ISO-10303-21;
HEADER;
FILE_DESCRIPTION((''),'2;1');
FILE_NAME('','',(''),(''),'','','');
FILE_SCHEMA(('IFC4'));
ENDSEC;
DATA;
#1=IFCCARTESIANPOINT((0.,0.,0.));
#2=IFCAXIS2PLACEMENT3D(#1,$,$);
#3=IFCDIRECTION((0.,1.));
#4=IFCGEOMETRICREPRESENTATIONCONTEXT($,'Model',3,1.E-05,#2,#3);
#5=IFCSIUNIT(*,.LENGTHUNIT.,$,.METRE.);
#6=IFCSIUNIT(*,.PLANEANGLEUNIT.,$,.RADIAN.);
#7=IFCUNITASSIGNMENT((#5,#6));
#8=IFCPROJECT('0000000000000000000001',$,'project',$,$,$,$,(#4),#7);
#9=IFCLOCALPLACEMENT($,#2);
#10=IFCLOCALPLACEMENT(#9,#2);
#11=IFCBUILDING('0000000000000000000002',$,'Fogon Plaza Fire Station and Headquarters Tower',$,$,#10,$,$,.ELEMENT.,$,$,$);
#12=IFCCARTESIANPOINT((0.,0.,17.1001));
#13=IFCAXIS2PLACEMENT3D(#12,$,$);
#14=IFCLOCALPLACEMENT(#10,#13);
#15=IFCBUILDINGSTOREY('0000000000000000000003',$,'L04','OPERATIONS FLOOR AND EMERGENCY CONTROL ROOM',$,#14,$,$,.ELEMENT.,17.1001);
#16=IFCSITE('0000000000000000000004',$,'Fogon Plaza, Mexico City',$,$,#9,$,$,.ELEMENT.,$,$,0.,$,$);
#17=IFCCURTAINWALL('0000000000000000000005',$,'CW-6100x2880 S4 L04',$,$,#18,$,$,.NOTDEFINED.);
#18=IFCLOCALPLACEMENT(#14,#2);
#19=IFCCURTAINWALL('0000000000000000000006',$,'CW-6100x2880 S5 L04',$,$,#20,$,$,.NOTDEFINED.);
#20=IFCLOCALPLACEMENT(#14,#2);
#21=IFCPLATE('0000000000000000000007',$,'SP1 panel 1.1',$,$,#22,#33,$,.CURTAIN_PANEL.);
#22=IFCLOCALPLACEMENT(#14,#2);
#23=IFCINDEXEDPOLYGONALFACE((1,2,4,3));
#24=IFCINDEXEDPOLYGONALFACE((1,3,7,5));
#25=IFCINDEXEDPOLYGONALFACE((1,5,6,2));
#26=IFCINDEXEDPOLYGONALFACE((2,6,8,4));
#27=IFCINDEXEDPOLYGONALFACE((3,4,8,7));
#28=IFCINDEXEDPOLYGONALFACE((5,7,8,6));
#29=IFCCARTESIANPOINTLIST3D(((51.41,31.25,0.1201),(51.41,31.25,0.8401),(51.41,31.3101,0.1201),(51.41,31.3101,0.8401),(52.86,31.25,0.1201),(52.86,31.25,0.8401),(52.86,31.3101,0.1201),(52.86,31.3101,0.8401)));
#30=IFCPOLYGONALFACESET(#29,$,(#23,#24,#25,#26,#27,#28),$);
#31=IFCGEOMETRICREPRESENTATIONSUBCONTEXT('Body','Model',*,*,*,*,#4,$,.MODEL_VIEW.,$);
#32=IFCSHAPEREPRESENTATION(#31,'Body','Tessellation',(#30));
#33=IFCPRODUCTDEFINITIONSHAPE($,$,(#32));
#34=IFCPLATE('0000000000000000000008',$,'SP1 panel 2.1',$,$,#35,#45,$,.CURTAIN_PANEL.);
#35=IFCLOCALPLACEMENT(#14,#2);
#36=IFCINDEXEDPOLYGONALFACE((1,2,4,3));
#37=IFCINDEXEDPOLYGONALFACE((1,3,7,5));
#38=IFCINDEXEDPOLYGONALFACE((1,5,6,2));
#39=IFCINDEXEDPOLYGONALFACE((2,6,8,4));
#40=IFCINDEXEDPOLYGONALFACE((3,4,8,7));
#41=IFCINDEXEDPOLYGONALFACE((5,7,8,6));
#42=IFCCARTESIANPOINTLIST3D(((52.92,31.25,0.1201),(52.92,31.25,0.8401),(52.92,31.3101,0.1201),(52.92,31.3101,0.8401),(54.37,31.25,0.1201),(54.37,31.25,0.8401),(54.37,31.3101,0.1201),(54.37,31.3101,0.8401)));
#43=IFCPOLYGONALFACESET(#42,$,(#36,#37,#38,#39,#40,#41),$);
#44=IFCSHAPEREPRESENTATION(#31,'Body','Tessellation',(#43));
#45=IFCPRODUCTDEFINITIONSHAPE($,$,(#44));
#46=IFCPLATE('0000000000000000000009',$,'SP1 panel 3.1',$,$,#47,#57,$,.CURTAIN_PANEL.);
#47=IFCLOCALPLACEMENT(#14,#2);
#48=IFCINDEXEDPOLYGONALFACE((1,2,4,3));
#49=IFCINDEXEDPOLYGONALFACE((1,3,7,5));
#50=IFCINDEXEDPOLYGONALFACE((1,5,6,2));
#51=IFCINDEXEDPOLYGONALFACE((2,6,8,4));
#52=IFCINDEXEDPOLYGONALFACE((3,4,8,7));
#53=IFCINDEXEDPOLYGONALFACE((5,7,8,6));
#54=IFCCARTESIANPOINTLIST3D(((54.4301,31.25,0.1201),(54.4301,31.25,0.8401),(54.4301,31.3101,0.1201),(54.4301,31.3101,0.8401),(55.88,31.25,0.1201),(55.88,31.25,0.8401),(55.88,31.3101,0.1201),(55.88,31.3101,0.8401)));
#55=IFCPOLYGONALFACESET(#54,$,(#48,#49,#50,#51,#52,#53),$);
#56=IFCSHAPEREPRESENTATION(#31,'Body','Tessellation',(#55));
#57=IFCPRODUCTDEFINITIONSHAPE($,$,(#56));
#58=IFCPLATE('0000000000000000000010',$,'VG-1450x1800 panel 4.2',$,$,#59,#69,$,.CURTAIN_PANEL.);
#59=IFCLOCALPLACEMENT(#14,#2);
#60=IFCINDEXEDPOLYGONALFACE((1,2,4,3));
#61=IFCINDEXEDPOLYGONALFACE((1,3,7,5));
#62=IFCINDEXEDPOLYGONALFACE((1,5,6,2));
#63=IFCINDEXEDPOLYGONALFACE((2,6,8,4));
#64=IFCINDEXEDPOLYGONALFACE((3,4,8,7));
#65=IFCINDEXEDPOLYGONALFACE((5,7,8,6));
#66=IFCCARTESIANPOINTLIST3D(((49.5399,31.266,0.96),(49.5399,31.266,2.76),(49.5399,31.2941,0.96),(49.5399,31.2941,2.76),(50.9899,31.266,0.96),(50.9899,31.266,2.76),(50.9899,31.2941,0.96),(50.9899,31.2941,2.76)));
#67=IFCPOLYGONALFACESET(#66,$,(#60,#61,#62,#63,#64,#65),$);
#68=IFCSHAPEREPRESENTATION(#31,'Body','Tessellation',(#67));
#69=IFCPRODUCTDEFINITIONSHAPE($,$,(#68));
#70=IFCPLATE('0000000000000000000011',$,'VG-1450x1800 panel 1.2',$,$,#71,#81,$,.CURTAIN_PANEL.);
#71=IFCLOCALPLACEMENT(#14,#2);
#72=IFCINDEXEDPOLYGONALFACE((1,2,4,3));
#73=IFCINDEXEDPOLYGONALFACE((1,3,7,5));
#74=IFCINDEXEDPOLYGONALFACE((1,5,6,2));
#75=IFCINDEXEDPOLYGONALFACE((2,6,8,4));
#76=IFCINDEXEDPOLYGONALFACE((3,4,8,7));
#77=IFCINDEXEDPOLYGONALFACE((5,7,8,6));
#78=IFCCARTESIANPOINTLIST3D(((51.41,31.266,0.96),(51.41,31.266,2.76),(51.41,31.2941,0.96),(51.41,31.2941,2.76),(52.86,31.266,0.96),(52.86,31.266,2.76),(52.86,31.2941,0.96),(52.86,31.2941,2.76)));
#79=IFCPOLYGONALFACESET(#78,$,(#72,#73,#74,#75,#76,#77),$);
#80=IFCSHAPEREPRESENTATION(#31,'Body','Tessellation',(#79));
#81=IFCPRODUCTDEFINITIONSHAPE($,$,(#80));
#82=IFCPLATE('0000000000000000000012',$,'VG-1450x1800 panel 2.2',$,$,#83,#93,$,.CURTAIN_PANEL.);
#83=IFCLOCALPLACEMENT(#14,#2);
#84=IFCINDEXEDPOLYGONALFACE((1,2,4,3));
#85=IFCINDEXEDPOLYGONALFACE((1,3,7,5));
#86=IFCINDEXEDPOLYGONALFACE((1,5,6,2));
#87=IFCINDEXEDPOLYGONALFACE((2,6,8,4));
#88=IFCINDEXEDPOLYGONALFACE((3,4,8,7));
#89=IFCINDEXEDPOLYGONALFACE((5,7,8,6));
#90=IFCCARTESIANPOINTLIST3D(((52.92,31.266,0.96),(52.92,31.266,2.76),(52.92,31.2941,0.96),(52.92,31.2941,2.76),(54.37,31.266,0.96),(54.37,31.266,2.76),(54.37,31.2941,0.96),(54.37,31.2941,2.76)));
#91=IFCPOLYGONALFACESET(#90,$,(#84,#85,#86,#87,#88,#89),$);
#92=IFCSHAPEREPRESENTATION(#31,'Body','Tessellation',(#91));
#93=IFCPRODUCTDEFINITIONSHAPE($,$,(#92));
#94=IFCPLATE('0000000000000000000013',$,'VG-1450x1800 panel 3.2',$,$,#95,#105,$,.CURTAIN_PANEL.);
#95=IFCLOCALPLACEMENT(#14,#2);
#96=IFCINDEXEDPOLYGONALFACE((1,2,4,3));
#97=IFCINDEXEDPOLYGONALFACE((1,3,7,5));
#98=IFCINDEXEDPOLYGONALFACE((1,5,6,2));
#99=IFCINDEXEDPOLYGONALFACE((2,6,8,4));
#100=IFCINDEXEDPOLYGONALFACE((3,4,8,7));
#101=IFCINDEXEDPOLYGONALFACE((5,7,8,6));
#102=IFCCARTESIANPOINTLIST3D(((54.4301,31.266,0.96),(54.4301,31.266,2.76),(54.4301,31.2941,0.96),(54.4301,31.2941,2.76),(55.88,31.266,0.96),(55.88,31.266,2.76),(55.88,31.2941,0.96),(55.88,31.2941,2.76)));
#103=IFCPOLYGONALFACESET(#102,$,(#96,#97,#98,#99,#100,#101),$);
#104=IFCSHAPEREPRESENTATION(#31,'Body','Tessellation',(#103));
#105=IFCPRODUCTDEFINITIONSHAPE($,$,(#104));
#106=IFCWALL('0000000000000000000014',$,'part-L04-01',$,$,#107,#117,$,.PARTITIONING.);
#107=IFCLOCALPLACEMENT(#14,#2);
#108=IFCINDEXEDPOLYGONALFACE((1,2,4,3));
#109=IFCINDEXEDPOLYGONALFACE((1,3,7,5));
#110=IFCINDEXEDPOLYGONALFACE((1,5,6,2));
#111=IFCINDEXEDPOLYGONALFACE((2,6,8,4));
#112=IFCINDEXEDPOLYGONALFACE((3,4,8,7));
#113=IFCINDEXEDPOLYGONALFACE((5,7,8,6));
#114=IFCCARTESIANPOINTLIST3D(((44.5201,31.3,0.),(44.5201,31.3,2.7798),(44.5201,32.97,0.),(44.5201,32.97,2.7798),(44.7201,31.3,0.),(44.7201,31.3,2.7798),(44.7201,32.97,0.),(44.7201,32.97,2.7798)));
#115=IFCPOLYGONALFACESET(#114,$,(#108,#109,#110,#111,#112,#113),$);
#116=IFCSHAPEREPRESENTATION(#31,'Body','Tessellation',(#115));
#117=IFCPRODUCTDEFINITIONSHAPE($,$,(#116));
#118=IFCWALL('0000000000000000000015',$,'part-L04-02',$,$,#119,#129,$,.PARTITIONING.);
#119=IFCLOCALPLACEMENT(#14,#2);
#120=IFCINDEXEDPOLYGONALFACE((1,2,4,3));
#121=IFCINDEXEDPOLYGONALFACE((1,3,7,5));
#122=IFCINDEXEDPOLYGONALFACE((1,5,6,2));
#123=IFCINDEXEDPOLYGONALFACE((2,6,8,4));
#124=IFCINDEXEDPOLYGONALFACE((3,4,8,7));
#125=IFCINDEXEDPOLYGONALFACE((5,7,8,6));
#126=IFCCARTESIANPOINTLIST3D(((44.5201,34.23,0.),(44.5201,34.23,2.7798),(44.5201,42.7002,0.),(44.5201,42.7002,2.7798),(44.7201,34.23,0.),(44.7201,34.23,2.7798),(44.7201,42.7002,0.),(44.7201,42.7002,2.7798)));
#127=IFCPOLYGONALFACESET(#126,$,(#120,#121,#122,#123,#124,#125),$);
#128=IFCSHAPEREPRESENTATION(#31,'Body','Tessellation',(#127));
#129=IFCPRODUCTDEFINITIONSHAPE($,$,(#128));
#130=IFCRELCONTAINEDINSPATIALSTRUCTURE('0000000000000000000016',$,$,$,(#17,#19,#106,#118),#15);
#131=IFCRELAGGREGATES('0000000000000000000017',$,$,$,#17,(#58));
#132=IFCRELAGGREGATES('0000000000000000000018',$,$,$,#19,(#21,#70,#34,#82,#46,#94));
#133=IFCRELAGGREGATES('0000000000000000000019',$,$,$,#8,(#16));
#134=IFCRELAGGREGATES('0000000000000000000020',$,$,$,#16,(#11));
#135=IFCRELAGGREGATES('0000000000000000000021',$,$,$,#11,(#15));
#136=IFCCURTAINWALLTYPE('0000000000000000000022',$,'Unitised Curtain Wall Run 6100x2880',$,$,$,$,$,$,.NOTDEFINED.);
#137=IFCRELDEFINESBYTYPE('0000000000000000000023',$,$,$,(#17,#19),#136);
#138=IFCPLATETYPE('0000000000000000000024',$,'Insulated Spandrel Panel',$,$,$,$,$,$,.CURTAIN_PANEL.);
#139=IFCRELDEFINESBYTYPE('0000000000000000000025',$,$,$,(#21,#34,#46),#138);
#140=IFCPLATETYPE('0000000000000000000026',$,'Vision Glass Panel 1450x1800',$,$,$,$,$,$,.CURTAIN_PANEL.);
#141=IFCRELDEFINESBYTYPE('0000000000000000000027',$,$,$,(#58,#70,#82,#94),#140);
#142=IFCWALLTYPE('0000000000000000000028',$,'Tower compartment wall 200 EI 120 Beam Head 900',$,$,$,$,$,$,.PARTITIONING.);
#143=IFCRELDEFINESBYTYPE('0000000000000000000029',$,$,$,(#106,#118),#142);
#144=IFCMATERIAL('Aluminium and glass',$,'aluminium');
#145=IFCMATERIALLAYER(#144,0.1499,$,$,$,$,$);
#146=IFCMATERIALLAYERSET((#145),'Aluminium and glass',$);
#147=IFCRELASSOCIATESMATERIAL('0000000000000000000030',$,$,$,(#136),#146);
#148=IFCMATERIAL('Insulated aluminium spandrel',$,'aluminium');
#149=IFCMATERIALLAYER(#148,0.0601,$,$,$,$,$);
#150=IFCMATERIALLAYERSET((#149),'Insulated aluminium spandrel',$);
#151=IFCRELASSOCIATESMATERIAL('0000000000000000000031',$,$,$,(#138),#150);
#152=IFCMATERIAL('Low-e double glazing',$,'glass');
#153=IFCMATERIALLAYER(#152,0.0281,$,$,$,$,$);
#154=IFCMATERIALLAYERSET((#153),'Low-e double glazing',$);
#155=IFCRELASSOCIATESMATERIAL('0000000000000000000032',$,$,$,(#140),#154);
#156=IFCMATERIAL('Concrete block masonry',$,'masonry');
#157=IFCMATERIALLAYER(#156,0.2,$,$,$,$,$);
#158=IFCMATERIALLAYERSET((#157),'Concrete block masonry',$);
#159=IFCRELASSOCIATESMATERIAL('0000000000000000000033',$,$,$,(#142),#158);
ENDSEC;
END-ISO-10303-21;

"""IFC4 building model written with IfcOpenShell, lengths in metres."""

from ifc_helpers import new_model, si_unit, direction, frame, frame_2d, origin, origin_2d, place, context, subcontext, project, spatial, rectangle, extrude, material, layer, layer_set, type_object, element, aggregate, save


model = new_model("IFC4")

# Units and contexts
model_context = context("Model", 3, precision=1e-05, world=origin(), true_north=direction((0.0, 1.0)))
body_context = subcontext(model_context, "Body", "Model", "MODEL_VIEW")
ifc_project = project(units=[si_unit("LENGTHUNIT", "METRE"), si_unit("PLANEANGLEUNIT", "RADIAN")], contexts=[model_context])

# Site, building, storey
site_placement = place(None, origin())
site = spatial("IfcSite", under=ifc_project, at=site_placement, Name="Fogon Plaza, Mexico City", CompositionType="ELEMENT", RefElevation=0.0)
building_placement = place(site_placement, origin())
building = spatial("IfcBuilding", under=site, at=building_placement, Name="Fogon Plaza Fire Station and Headquarters Tower", CompositionType="ELEMENT")
storey_placement = place(building_placement, frame((0.0, 0.0, 17.1001)))
storey = spatial("IfcBuildingStorey", under=building, at=storey_placement, Name="L04", Description="OPERATIONS FLOOR AND EMERGENCY CONTROL ROOM", CompositionType="ELEMENT", Elevation=17.1001)

# Curtain walls
ifc_material_1 = material(Name="Aluminium and glass", Category="aluminium")
ifc_layer_1 = layer(ifc_material_1, 0.1499)
ifc_layer_set_1 = layer_set([ifc_layer_1], Name="Aluminium and glass")
curtain_wall_type = type_object("IfcCurtainWallType", Name="Unitised Curtain Wall Run 6100x2880", PredefinedType="NOTDEFINED", material=ifc_layer_set_1)
curtain_wall_1_placement = place(storey_placement, origin())
curtain_wall_1 = element("IfcCurtainWall", 1, at=curtain_wall_1_placement, inside=storey, type_object=curtain_wall_type, Name="CW-6100x2880 S4 L04", PredefinedType="NOTDEFINED")
curtain_wall_2_placement = place(storey_placement, origin())
curtain_wall_2 = element("IfcCurtainWall", 2, at=curtain_wall_2_placement, inside=storey, type_object=curtain_wall_type, Name="CW-6100x2880 S5 L04", PredefinedType="NOTDEFINED")

# Plates
ifc_material_2 = material(Name="Insulated aluminium spandrel", Category="aluminium")
ifc_layer_2 = layer(ifc_material_2, 0.0601)
ifc_layer_set_2 = layer_set([ifc_layer_2], Name="Insulated aluminium spandrel")
plate_type_1 = type_object("IfcPlateType", Name="Insulated Spandrel Panel", PredefinedType="CURTAIN_PANEL", material=ifc_layer_set_2)
plate_1_placement = place(storey_placement, frame((52.135, 31.28, 0.1201), z_axis=(0.0, 0.0, 1.0), x_axis=(1.0, 0.0, 0.0)))
plate_1 = element("IfcPlate", 3, at=plate_1_placement, type_object=plate_type_1, Name="SP1 panel 1.1", PredefinedType="CURTAIN_PANEL", context=body_context, shape_type="SweptSolid", body=[
    extrude(rectangle(XDim=1.45, YDim=0.0601, at=origin_2d()), origin(), (0.0, 0.0, 1.0), 0.72),
])
plate_2_placement = place(storey_placement, frame((53.645, 31.28, 0.1201), z_axis=(0.0, 0.0, 1.0), x_axis=(1.0, 0.0, 0.0)))
plate_2 = element("IfcPlate", 4, at=plate_2_placement, type_object=plate_type_1, Name="SP1 panel 2.1", PredefinedType="CURTAIN_PANEL", context=body_context, shape_type="SweptSolid", body=[
    extrude(rectangle(XDim=1.45, YDim=0.0601, at=origin_2d()), origin(), (0.0, 0.0, 1.0), 0.72),
])
plate_3_placement = place(storey_placement, frame((55.155, 31.28, 0.1201), z_axis=(0.0, 0.0, 1.0), x_axis=(1.0, 0.0, 0.0)))
plate_3 = element("IfcPlate", 5, at=plate_3_placement, type_object=plate_type_1, Name="SP1 panel 3.1", PredefinedType="CURTAIN_PANEL", context=body_context, shape_type="SweptSolid", body=[
    extrude(rectangle(XDim=1.45, YDim=0.0601, at=origin_2d()), origin(), (0.0, 0.0, 1.0), 0.72),
])
ifc_material_3 = material(Name="Low-e double glazing", Category="glass")
ifc_layer_3 = layer(ifc_material_3, 0.0281)
ifc_layer_set_3 = layer_set([ifc_layer_3], Name="Low-e double glazing")
plate_type_2 = type_object("IfcPlateType", Name="Vision Glass Panel 1450x1800", PredefinedType="CURTAIN_PANEL", material=ifc_layer_set_3)
plate_4_placement = place(storey_placement, frame((50.2649, 31.28, 0.96), z_axis=(0.0, 0.0, 1.0), x_axis=(1.0, 0.0, 0.0)))
plate_4 = element("IfcPlate", 6, at=plate_4_placement, type_object=plate_type_2, Name="VG-1450x1800 panel 4.2", PredefinedType="CURTAIN_PANEL", context=body_context, shape_type="SweptSolid", body=[
    extrude(rectangle(XDim=1.45, YDim=0.0281, at=origin_2d()), origin(), (0.0, 0.0, 1.0), 1.8),
])
aggregate(curtain_wall_1, [plate_4])
plate_5_placement = place(storey_placement, frame((52.135, 31.28, 0.96), z_axis=(0.0, 0.0, 1.0), x_axis=(1.0, 0.0, 0.0)))
plate_5 = element("IfcPlate", 7, at=plate_5_placement, type_object=plate_type_2, Name="VG-1450x1800 panel 1.2", PredefinedType="CURTAIN_PANEL", context=body_context, shape_type="SweptSolid", body=[
    extrude(rectangle(XDim=1.45, YDim=0.0281, at=origin_2d()), origin(), (0.0, 0.0, 1.0), 1.8),
])
plate_6_placement = place(storey_placement, frame((53.645, 31.28, 0.96), z_axis=(0.0, 0.0, 1.0), x_axis=(1.0, 0.0, 0.0)))
plate_6 = element("IfcPlate", 8, at=plate_6_placement, type_object=plate_type_2, Name="VG-1450x1800 panel 2.2", PredefinedType="CURTAIN_PANEL", context=body_context, shape_type="SweptSolid", body=[
    extrude(rectangle(XDim=1.45, YDim=0.0281, at=origin_2d()), origin(), (0.0, 0.0, 1.0), 1.8),
])
plate_7_placement = place(storey_placement, frame((55.155, 31.28, 0.96), z_axis=(0.0, 0.0, 1.0), x_axis=(1.0, 0.0, 0.0)))
plate_7 = element("IfcPlate", 9, at=plate_7_placement, type_object=plate_type_2, Name="VG-1450x1800 panel 3.2", PredefinedType="CURTAIN_PANEL", context=body_context, shape_type="SweptSolid", body=[
    extrude(rectangle(XDim=1.45, YDim=0.0281, at=origin_2d()), origin(), (0.0, 0.0, 1.0), 1.8),
])
aggregate(curtain_wall_2, [plate_1, plate_5, plate_2, plate_6, plate_3, plate_7])

# Walls
ifc_material_4 = material(Name="Concrete block masonry", Category="masonry")
ifc_layer_4 = layer(ifc_material_4, 0.2)
ifc_layer_set_4 = layer_set([ifc_layer_4], Name="Concrete block masonry")
wall_type = type_object("IfcWallType", Name="Tower compartment wall 200 EI 120 Beam Head 900", PredefinedType="PARTITIONING", material=ifc_layer_set_4)
wall_1_placement = place(storey_placement, frame((44.6201, 31.3, 0.0), z_axis=(0.0, 0.0, 1.0), x_axis=(0.0, 1.0, 0.0)))
element("IfcWall", 10, at=wall_1_placement, inside=storey, type_object=wall_type, Name="part-L04-01", PredefinedType="PARTITIONING", context=body_context, shape_type="SweptSolid", body=[
    extrude(rectangle(XDim=1.6699, YDim=0.2, at=frame_2d((0.835, 0.0))), origin(), (0.0, 0.0, 1.0), 2.7798),
])
wall_2_placement = place(storey_placement, frame((44.6201, 34.23, 0.0), z_axis=(0.0, 0.0, 1.0), x_axis=(0.0, 1.0, 0.0)))
element("IfcWall", 11, at=wall_2_placement, inside=storey, type_object=wall_type, Name="part-L04-02", PredefinedType="PARTITIONING", context=body_context, shape_type="SweptSolid", body=[
    extrude(rectangle(XDim=8.4702, YDim=0.2, at=frame_2d((4.2351, 0.0))), origin(), (0.0, 0.0, 1.0), 2.7798),
])

save(model, "model.ifc")
